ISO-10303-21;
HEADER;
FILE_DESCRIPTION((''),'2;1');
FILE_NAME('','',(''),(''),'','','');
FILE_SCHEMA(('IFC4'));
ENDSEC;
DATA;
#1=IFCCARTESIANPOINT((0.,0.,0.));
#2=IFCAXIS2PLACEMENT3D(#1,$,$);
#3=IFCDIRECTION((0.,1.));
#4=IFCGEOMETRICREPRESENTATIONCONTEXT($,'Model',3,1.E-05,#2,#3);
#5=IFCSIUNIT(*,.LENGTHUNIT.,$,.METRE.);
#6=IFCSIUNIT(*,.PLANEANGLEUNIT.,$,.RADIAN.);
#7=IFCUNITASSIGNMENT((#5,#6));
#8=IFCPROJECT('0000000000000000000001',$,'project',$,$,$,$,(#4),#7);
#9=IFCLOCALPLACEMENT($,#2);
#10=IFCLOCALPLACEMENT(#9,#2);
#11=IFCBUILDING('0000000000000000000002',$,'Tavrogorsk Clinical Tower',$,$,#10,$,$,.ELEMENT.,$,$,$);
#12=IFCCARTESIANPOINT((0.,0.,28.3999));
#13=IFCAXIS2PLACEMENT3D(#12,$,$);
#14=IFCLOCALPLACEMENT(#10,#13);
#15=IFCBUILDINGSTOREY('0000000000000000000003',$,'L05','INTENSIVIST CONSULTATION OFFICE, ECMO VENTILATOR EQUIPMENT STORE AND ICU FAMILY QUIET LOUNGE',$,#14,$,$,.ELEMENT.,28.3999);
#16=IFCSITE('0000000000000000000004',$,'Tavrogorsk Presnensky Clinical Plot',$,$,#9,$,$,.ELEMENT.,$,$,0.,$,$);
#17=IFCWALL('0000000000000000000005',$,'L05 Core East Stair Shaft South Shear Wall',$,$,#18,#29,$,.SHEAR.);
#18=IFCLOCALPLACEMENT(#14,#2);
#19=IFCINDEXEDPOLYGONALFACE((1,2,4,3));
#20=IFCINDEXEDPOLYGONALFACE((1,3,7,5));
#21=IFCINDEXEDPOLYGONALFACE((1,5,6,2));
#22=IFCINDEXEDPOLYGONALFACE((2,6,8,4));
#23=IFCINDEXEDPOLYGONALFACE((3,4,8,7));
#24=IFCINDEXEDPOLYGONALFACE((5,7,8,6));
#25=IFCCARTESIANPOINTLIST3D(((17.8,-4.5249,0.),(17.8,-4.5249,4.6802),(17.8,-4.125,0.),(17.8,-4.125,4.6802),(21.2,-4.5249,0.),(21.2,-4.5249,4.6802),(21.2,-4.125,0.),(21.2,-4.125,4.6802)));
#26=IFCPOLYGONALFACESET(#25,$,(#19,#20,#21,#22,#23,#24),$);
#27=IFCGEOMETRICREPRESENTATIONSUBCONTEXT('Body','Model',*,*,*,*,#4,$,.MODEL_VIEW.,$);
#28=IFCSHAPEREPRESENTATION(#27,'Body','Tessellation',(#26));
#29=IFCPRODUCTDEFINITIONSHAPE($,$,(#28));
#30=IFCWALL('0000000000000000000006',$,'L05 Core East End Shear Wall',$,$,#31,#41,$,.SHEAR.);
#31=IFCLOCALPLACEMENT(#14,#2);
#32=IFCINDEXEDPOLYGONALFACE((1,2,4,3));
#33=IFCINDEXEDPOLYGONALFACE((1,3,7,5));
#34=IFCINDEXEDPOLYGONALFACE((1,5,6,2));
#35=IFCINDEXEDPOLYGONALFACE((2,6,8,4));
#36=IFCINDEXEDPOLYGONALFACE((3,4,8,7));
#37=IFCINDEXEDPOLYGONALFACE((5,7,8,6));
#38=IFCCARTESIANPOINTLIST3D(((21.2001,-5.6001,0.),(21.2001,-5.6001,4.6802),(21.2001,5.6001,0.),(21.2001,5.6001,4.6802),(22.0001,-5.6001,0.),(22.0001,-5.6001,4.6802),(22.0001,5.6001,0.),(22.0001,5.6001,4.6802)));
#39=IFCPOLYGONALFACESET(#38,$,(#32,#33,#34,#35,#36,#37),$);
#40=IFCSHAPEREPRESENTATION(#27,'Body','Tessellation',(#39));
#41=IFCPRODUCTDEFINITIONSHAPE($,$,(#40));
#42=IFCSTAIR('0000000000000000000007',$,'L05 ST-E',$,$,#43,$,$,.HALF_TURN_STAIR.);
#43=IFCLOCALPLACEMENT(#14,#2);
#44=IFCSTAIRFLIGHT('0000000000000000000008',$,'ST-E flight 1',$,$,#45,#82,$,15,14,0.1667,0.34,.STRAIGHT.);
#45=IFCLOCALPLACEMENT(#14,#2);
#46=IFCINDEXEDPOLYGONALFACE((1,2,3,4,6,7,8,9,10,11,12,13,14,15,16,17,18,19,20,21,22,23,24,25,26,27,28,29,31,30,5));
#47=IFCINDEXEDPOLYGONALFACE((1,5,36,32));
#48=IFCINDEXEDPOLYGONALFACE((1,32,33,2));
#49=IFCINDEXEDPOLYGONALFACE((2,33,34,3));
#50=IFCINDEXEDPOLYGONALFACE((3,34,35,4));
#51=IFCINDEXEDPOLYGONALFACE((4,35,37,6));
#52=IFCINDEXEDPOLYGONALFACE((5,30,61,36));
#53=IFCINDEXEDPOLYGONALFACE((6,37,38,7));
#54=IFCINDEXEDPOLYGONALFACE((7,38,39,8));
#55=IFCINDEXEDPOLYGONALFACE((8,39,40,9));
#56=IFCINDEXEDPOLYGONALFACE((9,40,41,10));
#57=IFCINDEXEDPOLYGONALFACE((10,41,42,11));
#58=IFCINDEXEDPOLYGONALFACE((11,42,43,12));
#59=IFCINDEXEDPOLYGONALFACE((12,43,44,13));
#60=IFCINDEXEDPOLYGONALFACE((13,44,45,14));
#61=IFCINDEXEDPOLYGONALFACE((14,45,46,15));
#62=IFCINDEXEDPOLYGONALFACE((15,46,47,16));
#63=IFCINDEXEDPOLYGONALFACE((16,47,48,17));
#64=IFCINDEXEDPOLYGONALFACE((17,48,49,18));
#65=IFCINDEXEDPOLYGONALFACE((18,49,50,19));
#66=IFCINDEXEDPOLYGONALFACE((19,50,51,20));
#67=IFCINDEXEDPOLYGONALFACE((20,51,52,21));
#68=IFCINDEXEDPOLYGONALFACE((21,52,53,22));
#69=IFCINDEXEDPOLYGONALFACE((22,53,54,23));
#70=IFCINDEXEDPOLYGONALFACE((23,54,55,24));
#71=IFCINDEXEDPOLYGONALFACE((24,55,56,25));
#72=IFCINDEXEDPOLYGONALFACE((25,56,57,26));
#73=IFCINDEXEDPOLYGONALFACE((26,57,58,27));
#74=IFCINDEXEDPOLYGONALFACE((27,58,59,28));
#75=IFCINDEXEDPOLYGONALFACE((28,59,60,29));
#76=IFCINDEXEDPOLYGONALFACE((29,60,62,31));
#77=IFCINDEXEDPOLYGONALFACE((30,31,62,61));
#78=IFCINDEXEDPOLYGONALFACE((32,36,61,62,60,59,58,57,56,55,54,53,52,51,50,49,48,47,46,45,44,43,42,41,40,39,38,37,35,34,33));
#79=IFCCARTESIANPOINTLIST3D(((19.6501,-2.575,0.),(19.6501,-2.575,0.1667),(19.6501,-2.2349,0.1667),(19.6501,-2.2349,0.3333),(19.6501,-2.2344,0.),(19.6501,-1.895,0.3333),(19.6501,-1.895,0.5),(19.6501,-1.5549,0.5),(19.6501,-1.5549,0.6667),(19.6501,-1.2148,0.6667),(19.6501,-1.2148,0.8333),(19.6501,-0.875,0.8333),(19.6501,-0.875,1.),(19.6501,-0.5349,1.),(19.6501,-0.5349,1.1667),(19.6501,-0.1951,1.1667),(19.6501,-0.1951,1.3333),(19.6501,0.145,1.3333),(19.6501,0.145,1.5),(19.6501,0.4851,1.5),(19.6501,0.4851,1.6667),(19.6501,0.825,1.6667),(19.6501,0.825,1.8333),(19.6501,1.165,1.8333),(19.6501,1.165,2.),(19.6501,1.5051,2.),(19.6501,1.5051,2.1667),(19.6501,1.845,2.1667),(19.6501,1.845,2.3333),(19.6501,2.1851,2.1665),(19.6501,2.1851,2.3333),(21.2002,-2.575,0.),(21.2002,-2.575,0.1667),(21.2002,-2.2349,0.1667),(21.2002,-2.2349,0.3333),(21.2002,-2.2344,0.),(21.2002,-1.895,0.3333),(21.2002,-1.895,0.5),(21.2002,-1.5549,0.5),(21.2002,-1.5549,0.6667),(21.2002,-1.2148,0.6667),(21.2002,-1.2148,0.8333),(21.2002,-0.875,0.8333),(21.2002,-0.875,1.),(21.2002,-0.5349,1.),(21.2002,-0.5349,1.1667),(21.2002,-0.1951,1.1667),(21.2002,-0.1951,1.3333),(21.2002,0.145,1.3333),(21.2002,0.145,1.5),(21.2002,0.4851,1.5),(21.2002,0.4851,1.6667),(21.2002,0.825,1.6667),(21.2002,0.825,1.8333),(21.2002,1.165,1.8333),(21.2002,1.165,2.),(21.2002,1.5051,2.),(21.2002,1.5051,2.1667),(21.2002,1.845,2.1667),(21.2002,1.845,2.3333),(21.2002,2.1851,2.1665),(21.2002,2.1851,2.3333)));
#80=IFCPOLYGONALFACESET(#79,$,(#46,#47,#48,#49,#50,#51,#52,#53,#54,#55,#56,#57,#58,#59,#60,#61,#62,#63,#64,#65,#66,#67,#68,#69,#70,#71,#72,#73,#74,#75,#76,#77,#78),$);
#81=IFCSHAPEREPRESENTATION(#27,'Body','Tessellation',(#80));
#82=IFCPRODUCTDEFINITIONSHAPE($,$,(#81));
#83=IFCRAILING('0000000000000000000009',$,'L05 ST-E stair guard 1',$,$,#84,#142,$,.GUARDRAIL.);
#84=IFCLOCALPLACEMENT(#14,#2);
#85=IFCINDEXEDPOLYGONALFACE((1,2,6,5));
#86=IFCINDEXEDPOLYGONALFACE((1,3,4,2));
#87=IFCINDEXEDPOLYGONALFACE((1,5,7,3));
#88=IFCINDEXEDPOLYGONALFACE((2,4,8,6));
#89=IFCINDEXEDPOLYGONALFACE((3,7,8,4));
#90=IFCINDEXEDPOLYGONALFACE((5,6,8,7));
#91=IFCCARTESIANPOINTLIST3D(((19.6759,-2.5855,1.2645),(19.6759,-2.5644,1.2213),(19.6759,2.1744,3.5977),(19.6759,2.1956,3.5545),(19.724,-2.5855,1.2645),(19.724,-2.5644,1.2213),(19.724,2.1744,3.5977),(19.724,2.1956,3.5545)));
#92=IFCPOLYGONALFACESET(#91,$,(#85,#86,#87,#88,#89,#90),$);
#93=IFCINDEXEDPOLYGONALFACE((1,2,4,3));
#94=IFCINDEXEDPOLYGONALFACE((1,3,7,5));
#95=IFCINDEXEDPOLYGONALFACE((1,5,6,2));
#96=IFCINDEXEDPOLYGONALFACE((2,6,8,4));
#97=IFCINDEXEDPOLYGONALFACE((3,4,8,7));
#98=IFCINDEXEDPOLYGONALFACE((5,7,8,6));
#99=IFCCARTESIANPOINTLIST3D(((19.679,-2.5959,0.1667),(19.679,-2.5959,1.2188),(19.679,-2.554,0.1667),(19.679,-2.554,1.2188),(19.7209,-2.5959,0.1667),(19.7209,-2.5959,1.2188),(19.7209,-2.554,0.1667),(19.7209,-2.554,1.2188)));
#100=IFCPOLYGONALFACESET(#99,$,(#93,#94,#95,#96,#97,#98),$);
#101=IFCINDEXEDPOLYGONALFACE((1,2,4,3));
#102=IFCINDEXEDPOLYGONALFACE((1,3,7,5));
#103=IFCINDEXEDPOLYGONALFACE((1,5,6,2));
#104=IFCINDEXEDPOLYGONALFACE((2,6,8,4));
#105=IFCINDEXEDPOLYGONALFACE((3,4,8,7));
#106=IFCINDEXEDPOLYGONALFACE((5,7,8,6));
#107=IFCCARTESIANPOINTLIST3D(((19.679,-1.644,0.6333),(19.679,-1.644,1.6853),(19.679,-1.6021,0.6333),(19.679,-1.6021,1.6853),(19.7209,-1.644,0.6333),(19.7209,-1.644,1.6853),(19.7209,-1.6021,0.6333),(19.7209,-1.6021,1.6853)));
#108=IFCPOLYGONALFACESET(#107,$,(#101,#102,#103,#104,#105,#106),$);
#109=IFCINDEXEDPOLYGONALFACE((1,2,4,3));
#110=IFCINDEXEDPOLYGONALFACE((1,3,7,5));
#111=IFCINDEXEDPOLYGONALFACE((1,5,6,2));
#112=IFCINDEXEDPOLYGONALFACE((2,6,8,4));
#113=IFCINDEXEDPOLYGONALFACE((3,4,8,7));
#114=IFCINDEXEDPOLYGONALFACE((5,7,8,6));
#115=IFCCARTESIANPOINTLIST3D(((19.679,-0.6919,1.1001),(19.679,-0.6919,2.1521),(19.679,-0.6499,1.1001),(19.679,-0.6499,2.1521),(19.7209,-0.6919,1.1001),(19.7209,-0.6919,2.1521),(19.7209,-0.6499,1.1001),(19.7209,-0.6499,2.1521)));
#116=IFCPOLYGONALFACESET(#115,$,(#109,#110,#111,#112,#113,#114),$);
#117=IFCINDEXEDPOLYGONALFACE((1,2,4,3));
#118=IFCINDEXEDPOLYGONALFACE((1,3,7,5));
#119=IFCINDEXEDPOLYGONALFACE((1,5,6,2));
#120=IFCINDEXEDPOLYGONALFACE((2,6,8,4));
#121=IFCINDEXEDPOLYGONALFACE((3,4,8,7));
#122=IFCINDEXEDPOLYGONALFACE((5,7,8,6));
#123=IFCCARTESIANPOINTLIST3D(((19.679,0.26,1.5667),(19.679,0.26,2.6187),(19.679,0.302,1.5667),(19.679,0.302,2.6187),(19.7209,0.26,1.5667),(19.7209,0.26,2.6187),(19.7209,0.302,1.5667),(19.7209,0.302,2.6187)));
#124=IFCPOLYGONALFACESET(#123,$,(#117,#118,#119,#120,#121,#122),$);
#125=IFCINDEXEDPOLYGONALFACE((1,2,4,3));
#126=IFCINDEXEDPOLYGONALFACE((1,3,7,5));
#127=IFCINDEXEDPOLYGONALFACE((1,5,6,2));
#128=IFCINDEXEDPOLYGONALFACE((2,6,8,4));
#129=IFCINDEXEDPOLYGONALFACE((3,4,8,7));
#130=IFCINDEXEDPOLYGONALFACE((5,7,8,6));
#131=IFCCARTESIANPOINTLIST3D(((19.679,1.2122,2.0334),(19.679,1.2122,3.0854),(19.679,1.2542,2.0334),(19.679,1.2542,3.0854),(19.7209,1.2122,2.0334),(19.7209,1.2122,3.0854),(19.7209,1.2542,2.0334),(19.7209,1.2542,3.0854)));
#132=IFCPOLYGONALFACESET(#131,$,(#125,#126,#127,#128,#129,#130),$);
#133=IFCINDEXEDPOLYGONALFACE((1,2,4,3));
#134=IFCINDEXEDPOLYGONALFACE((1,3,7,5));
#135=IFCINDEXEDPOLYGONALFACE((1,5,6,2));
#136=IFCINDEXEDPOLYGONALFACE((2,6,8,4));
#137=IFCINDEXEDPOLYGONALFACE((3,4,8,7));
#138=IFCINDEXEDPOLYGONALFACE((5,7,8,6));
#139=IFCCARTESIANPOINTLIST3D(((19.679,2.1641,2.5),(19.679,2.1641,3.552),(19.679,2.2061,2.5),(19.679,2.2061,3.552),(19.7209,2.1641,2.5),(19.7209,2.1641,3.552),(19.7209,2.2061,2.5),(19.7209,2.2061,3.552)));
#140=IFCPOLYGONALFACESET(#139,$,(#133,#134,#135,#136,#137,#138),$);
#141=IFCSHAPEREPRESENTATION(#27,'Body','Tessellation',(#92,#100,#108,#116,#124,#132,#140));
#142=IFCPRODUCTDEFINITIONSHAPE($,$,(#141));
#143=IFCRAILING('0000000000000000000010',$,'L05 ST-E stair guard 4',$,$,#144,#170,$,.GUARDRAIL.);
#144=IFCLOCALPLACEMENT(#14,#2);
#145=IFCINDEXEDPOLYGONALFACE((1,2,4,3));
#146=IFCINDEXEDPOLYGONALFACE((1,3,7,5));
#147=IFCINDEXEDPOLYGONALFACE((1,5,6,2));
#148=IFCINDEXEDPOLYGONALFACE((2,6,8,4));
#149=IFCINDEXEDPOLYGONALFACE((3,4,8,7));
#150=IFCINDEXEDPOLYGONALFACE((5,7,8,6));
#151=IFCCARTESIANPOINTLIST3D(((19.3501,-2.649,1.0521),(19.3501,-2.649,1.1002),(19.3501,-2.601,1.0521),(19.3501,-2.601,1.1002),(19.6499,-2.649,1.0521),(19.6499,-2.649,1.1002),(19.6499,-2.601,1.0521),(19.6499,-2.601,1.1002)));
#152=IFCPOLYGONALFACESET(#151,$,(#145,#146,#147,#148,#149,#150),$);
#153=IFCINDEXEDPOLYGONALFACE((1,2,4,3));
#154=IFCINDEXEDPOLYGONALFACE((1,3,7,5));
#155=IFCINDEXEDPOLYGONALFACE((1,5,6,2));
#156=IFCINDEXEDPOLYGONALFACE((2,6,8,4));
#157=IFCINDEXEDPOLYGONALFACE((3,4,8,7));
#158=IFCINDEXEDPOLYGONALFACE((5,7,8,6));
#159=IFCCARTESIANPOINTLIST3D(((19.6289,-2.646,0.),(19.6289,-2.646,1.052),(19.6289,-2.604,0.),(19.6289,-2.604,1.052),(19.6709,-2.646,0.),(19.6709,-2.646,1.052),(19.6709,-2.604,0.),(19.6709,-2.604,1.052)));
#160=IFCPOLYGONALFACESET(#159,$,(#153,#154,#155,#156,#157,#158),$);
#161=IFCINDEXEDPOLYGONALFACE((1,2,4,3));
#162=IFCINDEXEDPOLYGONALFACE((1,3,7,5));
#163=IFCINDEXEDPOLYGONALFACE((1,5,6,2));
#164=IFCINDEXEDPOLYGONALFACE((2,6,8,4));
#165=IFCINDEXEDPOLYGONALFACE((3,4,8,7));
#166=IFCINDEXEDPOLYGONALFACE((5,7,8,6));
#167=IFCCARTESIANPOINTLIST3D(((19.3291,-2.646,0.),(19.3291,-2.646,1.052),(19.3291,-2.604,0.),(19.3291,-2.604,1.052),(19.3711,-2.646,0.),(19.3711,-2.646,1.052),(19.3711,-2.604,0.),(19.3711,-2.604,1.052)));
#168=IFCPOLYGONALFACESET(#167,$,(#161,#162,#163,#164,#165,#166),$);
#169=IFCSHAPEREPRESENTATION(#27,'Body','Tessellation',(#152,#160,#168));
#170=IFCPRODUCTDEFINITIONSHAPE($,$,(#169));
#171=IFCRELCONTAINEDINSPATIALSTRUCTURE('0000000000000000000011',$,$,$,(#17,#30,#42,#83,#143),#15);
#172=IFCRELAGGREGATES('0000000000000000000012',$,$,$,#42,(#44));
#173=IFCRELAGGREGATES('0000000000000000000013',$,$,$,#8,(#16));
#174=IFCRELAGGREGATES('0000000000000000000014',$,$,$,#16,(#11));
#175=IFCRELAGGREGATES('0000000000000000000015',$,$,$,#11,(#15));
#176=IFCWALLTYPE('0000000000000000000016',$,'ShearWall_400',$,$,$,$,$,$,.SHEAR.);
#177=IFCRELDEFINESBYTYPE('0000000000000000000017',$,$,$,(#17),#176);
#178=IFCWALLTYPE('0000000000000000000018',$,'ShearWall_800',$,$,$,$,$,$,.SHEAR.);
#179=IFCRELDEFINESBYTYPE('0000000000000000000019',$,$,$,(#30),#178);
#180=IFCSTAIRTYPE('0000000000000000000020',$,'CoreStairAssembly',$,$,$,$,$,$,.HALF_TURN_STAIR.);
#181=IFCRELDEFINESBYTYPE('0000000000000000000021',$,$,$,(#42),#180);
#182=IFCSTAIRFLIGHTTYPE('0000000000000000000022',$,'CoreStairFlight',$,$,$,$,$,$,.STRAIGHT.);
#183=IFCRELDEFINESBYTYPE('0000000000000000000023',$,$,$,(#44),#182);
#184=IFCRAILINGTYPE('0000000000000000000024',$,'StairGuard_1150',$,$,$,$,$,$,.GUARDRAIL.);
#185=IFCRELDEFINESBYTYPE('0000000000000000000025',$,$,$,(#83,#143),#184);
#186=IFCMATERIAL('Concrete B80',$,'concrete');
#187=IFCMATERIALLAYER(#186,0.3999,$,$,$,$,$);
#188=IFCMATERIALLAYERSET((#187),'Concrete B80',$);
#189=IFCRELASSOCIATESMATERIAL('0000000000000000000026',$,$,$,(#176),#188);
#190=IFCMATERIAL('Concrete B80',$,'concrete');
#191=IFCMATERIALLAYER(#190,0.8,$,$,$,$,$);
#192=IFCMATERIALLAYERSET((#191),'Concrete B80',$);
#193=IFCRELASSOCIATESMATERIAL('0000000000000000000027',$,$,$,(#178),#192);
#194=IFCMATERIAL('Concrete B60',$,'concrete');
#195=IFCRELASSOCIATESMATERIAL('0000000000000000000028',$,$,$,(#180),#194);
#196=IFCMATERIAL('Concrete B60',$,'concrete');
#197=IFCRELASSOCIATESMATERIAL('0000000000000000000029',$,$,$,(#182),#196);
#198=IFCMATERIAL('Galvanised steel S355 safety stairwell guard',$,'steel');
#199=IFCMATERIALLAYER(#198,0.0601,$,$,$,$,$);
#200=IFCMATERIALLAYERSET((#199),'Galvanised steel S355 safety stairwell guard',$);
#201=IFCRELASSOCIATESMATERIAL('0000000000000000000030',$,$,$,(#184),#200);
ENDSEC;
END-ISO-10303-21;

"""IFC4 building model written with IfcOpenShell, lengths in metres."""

from ifc_helpers import new_model, si_unit, direction, frame, frame_2d, origin, origin_2d, place, context, subcontext, project, spatial, polyline, rectangle, outline, extrude, material, layer, layer_set, type_object, element, aggregate, save


model = new_model("IFC4")

# Units and contexts
model_context = context("Model", 3, precision=1e-05, world=origin(), true_north=direction((0.0, 1.0)))
body_context = subcontext(model_context, "Body", "Model", "MODEL_VIEW")
ifc_project = project(units=[si_unit("LENGTHUNIT", "METRE"), si_unit("PLANEANGLEUNIT", "RADIAN")], contexts=[model_context])

# Site, building, storey
site_placement = place(None, origin())
site = spatial("IfcSite", under=ifc_project, at=site_placement, Name="Tavrogorsk Presnensky Clinical Plot", CompositionType="ELEMENT", RefElevation=0.0)
building_placement = place(site_placement, origin())
building = spatial("IfcBuilding", under=site, at=building_placement, Name="Tavrogorsk Clinical Tower", CompositionType="ELEMENT")
storey_placement = place(building_placement, frame((0.0, 0.0, 28.3999)))
storey = spatial("IfcBuildingStorey", under=building, at=storey_placement, Name="L05", Description="INTENSIVIST CONSULTATION OFFICE, ECMO VENTILATOR EQUIPMENT STORE AND ICU FAMILY QUIET LOUNGE", CompositionType="ELEMENT", Elevation=28.3999)

# Shared definitions
ifc_material_1 = material(Name="Concrete B80", Category="concrete")
ifc_layer_1 = layer(ifc_material_1, 0.3999)
ifc_layer_set_1 = layer_set([ifc_layer_1], Name="Concrete B80")
wall_type_1 = type_object("IfcWallType", Name="ShearWall_400", PredefinedType="SHEAR", material=ifc_layer_set_1)

# Walls
wall_1_placement = place(storey_placement, frame((17.8, -4.325, 0.0), z_axis=(0.0, 0.0, 1.0), x_axis=(1.0, 0.0, 0.0)))
element("IfcWall", 1, at=wall_1_placement, inside=storey, type_object=wall_type_1, Name="L05 Core East Stair Shaft South Shear Wall", PredefinedType="SHEAR", context=body_context, shape_type="SweptSolid", body=[
    extrude(rectangle(XDim=3.3999, YDim=0.3999, at=frame_2d((1.7, 0.0))), origin(), (0.0, 0.0, 1.0), 4.6802),
])
ifc_material_2 = material(Name="Concrete B80", Category="concrete")
ifc_layer_2 = layer(ifc_material_2, 0.8)
ifc_layer_set_2 = layer_set([ifc_layer_2], Name="Concrete B80")
wall_type_2 = type_object("IfcWallType", Name="ShearWall_800", PredefinedType="SHEAR", material=ifc_layer_set_2)
wall_2_placement = place(storey_placement, frame((21.6001, -5.6001, 0.0), z_axis=(0.0, 0.0, 1.0), x_axis=(0.0, 1.0, 0.0)))
element("IfcWall", 2, at=wall_2_placement, inside=storey, type_object=wall_type_2, Name="L05 Core East End Shear Wall", PredefinedType="SHEAR", context=body_context, shape_type="SweptSolid", body=[
    extrude(rectangle(XDim=11.2002, YDim=0.8, at=frame_2d((5.6001, 0.0))), origin(), (0.0, 0.0, 1.0), 4.6802),
])

# Stair, stair flight
ifc_material_3 = material(Name="Concrete B60", Category="concrete")
stair_type = type_object("IfcStairType", Name="CoreStairAssembly", PredefinedType="HALF_TURN_STAIR", material=ifc_material_3)
stair_placement = place(storey_placement, origin())
stair = element("IfcStair", 3, at=stair_placement, inside=storey, type_object=stair_type, Name="L05 ST-E", PredefinedType="HALF_TURN_STAIR")
ifc_material_4 = material(Name="Concrete B60", Category="concrete")
stair_flight_type = type_object("IfcStairFlightType", Name="CoreStairFlight", PredefinedType="STRAIGHT", material=ifc_material_4)
stair_flight_placement = place(storey_placement, frame((20.425, -2.575, 0.0), z_axis=(0.0, 0.0, 1.0), x_axis=(0.0, 1.0, 0.0)))
stair_flight = element("IfcStairFlight", 4, at=stair_flight_placement, type_object=stair_flight_type, Name="ST-E flight 1", NumberOfRisers=15, NumberOfTreads=14, PredefinedType="STRAIGHT", RiserHeight=0.1667, TreadLength=0.34, context=body_context, shape_type="SweptSolid", body=[
    extrude(outline(polyline([(0.0, 0.0), (0.0, 0.1667), (0.3401, 0.1667), (0.3401, 0.3333), (0.6799, 0.3333), (0.6799, 0.5), (1.02, 0.5), (1.02, 0.6667), (1.3601, 0.6667), (1.3601, 0.8333), (1.7, 0.8333), (1.7, 1.0), (2.04, 1.0), (2.04, 1.1667), (2.3799, 1.1667), (2.3799, 1.3333), (2.72, 1.3333), (2.72, 1.5), (3.0601, 1.5), (3.0601, 1.6667), (3.3999, 1.6667), (3.3999, 1.8333), (3.74, 1.8333), (3.74, 2.0), (4.0801, 2.0), (4.0801, 2.1667), (4.4199, 2.1667), (4.4199, 2.3333), (4.76, 2.3333), (4.76, 2.5), (4.76, 2.1665), (0.3406, 0.0), (0.0, 0.0)])), frame((0.0, 0.7749, 0.0), z_axis=(0.0, -1.0, 0.0), x_axis=(1.0, 0.0, 0.0)), (0.0, 0.0, 1.0), 1.55),
])
aggregate(stair, [stair_flight])

# Railings
ifc_material_5 = material(Name="Galvanised steel S355 safety stairwell guard", Category="steel")
ifc_layer_3 = layer(ifc_material_5, 0.0601)
ifc_layer_set_3 = layer_set([ifc_layer_3], Name="Galvanised steel S355 safety stairwell guard")
railing_type_1 = type_object("IfcRailingType", Name="StairGuard_1150", PredefinedType="GUARDRAIL", material=ifc_layer_set_3)
railing_1_placement = place(storey_placement, frame((19.7, -2.575, 0.1667)))
element("IfcRailing", 5, at=railing_1_placement, inside=storey, type_object=railing_type_1, Name="L05 ST-E stair guard 1", PredefinedType="GUARDRAIL", context=body_context, shape_type="SweptSolid", body=[
    extrude(rectangle(XDim=0.0481, YDim=0.0481, at=origin_2d()), frame((0.0, 0.0, 1.0762), z_axis=(0.0, 0.897927, 0.440144), x_axis=(-1.0, 0.0, 0.0)), (0.0, 0.0, 1.0), 5.301),
    extrude(rectangle(XDim=0.042, YDim=0.042, at=origin_2d()), origin(), (0.0, 0.0, 1.0), 1.052),
    extrude(rectangle(XDim=0.042, YDim=0.042, at=origin_2d()), frame((0.0, 0.9519, 0.4666)), (0.0, 0.0, 1.0), 1.052),
    extrude(rectangle(XDim=0.042, YDim=0.042, at=origin_2d()), frame((0.0, 1.9041, 0.9333)), (0.0, 0.0, 1.0), 1.052),
    extrude(rectangle(XDim=0.042, YDim=0.042, at=origin_2d()), frame((0.0, 2.856, 1.3999)), (0.0, 0.0, 1.0), 1.052),
    extrude(rectangle(XDim=0.042, YDim=0.042, at=origin_2d()), frame((0.0, 3.8081, 1.8667)), (0.0, 0.0, 1.0), 1.052),
    extrude(rectangle(XDim=0.042, YDim=0.042, at=origin_2d()), frame((0.0, 4.76, 2.3333)), (0.0, 0.0, 1.0), 1.052),
])
railing_2_placement = place(storey_placement, frame((19.6499, -2.625, 0.0)))
element("IfcRailing", 6, at=railing_2_placement, inside=storey, type_object=railing_type_1, Name="L05 ST-E stair guard 4", PredefinedType="GUARDRAIL", context=body_context, shape_type="SweptSolid", body=[
    extrude(rectangle(XDim=0.0481, YDim=0.0481, at=origin_2d()), frame((0.0, 0.0, 1.0762), z_axis=(-1.0, 0.0, 0.0), x_axis=(0.0, -1.0, 0.0)), (0.0, 0.0, 1.0), 0.2998),
    extrude(rectangle(XDim=0.042, YDim=0.042, at=origin_2d()), origin(), (0.0, 0.0, 1.0), 1.052),
    extrude(rectangle(XDim=0.042, YDim=0.042, at=origin_2d()), frame((-0.2998, 0.0, 0.0)), (0.0, 0.0, 1.0), 1.052),
])

save(model, "model.ifc")
